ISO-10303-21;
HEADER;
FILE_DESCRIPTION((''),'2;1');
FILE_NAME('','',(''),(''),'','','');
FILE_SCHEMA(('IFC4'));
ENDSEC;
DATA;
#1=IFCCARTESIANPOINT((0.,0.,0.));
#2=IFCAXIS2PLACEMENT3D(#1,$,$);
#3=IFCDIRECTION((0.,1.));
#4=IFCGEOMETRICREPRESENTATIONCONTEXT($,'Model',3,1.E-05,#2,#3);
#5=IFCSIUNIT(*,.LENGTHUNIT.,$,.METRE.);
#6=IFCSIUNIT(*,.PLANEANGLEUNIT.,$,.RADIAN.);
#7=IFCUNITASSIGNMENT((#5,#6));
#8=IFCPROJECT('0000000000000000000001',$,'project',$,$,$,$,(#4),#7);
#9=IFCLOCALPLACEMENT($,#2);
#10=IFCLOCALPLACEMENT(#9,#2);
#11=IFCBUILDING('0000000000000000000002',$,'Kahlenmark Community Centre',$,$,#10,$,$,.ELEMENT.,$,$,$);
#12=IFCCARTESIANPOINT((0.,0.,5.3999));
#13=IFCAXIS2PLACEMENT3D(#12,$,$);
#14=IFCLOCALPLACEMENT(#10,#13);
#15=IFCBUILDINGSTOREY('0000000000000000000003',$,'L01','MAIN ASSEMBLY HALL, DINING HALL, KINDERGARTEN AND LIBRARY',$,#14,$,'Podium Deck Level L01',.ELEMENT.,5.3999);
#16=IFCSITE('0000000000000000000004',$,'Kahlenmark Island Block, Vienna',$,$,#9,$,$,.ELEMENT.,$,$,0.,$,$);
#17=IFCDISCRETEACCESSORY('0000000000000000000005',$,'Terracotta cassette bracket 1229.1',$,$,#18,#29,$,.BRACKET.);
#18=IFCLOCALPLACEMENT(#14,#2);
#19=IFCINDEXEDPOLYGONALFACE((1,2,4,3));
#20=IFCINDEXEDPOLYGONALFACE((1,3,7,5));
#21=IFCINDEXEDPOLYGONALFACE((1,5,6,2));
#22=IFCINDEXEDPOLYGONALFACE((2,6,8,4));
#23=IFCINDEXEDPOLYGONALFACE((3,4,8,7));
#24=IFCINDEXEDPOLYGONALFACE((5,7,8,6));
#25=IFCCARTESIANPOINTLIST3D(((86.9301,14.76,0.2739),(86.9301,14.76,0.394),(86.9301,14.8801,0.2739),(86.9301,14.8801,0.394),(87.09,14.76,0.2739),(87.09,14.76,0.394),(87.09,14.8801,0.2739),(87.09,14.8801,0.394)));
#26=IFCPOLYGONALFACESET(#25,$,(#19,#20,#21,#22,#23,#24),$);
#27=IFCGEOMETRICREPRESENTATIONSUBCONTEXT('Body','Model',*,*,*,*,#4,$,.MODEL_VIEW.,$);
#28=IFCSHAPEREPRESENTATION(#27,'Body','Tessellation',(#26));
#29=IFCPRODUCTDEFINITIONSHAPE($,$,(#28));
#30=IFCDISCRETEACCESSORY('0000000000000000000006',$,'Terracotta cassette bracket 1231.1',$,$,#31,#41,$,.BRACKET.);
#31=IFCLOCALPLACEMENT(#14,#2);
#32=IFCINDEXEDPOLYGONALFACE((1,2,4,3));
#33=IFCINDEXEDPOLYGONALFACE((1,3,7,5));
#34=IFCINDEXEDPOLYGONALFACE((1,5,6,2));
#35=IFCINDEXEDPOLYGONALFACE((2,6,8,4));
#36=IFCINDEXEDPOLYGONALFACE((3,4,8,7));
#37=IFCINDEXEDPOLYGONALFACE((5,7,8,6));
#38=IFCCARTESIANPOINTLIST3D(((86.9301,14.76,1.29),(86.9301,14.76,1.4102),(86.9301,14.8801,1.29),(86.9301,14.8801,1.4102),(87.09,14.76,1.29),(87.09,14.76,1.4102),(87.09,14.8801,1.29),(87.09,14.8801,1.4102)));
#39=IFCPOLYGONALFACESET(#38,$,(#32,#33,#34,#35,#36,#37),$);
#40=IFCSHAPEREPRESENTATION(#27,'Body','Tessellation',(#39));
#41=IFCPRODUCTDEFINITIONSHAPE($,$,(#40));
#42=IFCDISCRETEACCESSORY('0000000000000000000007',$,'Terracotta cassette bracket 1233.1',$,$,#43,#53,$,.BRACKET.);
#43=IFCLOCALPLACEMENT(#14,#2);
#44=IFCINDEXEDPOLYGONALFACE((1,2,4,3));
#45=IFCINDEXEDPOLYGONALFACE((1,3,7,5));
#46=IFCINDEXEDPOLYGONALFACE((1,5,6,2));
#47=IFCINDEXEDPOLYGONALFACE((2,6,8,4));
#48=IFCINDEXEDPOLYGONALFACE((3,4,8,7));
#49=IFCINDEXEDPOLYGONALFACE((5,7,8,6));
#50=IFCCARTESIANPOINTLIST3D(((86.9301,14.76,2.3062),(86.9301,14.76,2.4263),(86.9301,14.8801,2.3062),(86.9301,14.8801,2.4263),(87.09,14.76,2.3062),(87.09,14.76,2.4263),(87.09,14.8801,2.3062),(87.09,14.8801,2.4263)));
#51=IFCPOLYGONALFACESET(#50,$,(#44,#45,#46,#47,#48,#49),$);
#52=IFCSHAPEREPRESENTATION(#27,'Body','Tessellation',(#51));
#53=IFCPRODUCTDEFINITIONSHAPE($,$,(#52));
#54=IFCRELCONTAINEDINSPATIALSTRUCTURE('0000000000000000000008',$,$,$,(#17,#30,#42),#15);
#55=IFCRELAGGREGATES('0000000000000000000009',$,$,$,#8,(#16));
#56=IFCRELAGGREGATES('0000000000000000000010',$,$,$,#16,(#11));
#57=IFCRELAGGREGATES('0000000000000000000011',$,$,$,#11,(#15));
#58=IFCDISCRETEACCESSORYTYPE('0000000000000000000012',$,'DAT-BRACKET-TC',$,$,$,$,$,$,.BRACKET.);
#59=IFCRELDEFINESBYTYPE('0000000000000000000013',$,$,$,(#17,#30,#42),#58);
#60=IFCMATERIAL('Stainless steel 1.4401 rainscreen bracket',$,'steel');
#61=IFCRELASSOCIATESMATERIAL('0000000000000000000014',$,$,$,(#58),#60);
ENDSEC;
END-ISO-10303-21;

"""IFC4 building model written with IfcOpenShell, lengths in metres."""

from ifc_helpers import new_model, si_unit, direction, frame, origin, origin_2d, place, context, subcontext, project, spatial, rectangle, extrude, material, type_object, element, save


model = new_model("IFC4")

# Units and contexts
model_context = context("Model", 3, precision=1e-05, world=origin(), true_north=direction((0.0, 1.0)))
body_context = subcontext(model_context, "Body", "Model", "MODEL_VIEW")
ifc_project = project(units=[si_unit("LENGTHUNIT", "METRE"), si_unit("PLANEANGLEUNIT", "RADIAN")], contexts=[model_context])

# Site, building, storey
site_placement = place(None, origin())
site = spatial("IfcSite", under=ifc_project, at=site_placement, Name="Kahlenmark Island Block, Vienna", CompositionType="ELEMENT", RefElevation=0.0)
building_placement = place(site_placement, origin())
building = spatial("IfcBuilding", under=site, at=building_placement, Name="Kahlenmark Community Centre", CompositionType="ELEMENT")
storey_placement = place(building_placement, frame((0.0, 0.0, 5.3999)))
storey = spatial("IfcBuildingStorey", under=building, at=storey_placement, Name="L01", Description="MAIN ASSEMBLY HALL, DINING HALL, KINDERGARTEN AND LIBRARY", LongName="Podium Deck Level L01", CompositionType="ELEMENT", Elevation=5.3999)

# Discrete accessories
ifc_material_1 = material(Name="Stainless steel 1.4401 rainscreen bracket", Category="steel")
discrete_accessory_type = type_object("IfcDiscreteAccessoryType", Name="DAT-BRACKET-TC", PredefinedType="BRACKET", material=ifc_material_1)
for number, where, z_axis, x_axis, name in (
    (1, (87.01, 14.8201, 0.2739), (0.0, 0.0, 1.0), (0.0, 1.0, 0.0), "Terracotta cassette bracket 1229.1"),
    (2, (87.01, 14.8201, 1.29), (0.0, 0.0, 1.0), (0.0, 1.0, 0.0), "Terracotta cassette bracket 1231.1"),
    (3, (87.01, 14.8201, 2.3062), (0.0, 0.0, 1.0), (0.0, 1.0, 0.0), "Terracotta cassette bracket 1233.1"),
):
    element("IfcDiscreteAccessory", number, at=place(storey_placement, frame(where, z_axis=z_axis, x_axis=x_axis)), inside=storey, type_object=discrete_accessory_type, Name=name, PredefinedType="BRACKET", context=body_context, shape_type="SweptSolid", body=[
        extrude(rectangle(XDim=0.1201, YDim=0.1599, at=origin_2d()), origin(), (0.0, 0.0, 1.0), 0.1201),
    ])

save(model, "model.ifc")
